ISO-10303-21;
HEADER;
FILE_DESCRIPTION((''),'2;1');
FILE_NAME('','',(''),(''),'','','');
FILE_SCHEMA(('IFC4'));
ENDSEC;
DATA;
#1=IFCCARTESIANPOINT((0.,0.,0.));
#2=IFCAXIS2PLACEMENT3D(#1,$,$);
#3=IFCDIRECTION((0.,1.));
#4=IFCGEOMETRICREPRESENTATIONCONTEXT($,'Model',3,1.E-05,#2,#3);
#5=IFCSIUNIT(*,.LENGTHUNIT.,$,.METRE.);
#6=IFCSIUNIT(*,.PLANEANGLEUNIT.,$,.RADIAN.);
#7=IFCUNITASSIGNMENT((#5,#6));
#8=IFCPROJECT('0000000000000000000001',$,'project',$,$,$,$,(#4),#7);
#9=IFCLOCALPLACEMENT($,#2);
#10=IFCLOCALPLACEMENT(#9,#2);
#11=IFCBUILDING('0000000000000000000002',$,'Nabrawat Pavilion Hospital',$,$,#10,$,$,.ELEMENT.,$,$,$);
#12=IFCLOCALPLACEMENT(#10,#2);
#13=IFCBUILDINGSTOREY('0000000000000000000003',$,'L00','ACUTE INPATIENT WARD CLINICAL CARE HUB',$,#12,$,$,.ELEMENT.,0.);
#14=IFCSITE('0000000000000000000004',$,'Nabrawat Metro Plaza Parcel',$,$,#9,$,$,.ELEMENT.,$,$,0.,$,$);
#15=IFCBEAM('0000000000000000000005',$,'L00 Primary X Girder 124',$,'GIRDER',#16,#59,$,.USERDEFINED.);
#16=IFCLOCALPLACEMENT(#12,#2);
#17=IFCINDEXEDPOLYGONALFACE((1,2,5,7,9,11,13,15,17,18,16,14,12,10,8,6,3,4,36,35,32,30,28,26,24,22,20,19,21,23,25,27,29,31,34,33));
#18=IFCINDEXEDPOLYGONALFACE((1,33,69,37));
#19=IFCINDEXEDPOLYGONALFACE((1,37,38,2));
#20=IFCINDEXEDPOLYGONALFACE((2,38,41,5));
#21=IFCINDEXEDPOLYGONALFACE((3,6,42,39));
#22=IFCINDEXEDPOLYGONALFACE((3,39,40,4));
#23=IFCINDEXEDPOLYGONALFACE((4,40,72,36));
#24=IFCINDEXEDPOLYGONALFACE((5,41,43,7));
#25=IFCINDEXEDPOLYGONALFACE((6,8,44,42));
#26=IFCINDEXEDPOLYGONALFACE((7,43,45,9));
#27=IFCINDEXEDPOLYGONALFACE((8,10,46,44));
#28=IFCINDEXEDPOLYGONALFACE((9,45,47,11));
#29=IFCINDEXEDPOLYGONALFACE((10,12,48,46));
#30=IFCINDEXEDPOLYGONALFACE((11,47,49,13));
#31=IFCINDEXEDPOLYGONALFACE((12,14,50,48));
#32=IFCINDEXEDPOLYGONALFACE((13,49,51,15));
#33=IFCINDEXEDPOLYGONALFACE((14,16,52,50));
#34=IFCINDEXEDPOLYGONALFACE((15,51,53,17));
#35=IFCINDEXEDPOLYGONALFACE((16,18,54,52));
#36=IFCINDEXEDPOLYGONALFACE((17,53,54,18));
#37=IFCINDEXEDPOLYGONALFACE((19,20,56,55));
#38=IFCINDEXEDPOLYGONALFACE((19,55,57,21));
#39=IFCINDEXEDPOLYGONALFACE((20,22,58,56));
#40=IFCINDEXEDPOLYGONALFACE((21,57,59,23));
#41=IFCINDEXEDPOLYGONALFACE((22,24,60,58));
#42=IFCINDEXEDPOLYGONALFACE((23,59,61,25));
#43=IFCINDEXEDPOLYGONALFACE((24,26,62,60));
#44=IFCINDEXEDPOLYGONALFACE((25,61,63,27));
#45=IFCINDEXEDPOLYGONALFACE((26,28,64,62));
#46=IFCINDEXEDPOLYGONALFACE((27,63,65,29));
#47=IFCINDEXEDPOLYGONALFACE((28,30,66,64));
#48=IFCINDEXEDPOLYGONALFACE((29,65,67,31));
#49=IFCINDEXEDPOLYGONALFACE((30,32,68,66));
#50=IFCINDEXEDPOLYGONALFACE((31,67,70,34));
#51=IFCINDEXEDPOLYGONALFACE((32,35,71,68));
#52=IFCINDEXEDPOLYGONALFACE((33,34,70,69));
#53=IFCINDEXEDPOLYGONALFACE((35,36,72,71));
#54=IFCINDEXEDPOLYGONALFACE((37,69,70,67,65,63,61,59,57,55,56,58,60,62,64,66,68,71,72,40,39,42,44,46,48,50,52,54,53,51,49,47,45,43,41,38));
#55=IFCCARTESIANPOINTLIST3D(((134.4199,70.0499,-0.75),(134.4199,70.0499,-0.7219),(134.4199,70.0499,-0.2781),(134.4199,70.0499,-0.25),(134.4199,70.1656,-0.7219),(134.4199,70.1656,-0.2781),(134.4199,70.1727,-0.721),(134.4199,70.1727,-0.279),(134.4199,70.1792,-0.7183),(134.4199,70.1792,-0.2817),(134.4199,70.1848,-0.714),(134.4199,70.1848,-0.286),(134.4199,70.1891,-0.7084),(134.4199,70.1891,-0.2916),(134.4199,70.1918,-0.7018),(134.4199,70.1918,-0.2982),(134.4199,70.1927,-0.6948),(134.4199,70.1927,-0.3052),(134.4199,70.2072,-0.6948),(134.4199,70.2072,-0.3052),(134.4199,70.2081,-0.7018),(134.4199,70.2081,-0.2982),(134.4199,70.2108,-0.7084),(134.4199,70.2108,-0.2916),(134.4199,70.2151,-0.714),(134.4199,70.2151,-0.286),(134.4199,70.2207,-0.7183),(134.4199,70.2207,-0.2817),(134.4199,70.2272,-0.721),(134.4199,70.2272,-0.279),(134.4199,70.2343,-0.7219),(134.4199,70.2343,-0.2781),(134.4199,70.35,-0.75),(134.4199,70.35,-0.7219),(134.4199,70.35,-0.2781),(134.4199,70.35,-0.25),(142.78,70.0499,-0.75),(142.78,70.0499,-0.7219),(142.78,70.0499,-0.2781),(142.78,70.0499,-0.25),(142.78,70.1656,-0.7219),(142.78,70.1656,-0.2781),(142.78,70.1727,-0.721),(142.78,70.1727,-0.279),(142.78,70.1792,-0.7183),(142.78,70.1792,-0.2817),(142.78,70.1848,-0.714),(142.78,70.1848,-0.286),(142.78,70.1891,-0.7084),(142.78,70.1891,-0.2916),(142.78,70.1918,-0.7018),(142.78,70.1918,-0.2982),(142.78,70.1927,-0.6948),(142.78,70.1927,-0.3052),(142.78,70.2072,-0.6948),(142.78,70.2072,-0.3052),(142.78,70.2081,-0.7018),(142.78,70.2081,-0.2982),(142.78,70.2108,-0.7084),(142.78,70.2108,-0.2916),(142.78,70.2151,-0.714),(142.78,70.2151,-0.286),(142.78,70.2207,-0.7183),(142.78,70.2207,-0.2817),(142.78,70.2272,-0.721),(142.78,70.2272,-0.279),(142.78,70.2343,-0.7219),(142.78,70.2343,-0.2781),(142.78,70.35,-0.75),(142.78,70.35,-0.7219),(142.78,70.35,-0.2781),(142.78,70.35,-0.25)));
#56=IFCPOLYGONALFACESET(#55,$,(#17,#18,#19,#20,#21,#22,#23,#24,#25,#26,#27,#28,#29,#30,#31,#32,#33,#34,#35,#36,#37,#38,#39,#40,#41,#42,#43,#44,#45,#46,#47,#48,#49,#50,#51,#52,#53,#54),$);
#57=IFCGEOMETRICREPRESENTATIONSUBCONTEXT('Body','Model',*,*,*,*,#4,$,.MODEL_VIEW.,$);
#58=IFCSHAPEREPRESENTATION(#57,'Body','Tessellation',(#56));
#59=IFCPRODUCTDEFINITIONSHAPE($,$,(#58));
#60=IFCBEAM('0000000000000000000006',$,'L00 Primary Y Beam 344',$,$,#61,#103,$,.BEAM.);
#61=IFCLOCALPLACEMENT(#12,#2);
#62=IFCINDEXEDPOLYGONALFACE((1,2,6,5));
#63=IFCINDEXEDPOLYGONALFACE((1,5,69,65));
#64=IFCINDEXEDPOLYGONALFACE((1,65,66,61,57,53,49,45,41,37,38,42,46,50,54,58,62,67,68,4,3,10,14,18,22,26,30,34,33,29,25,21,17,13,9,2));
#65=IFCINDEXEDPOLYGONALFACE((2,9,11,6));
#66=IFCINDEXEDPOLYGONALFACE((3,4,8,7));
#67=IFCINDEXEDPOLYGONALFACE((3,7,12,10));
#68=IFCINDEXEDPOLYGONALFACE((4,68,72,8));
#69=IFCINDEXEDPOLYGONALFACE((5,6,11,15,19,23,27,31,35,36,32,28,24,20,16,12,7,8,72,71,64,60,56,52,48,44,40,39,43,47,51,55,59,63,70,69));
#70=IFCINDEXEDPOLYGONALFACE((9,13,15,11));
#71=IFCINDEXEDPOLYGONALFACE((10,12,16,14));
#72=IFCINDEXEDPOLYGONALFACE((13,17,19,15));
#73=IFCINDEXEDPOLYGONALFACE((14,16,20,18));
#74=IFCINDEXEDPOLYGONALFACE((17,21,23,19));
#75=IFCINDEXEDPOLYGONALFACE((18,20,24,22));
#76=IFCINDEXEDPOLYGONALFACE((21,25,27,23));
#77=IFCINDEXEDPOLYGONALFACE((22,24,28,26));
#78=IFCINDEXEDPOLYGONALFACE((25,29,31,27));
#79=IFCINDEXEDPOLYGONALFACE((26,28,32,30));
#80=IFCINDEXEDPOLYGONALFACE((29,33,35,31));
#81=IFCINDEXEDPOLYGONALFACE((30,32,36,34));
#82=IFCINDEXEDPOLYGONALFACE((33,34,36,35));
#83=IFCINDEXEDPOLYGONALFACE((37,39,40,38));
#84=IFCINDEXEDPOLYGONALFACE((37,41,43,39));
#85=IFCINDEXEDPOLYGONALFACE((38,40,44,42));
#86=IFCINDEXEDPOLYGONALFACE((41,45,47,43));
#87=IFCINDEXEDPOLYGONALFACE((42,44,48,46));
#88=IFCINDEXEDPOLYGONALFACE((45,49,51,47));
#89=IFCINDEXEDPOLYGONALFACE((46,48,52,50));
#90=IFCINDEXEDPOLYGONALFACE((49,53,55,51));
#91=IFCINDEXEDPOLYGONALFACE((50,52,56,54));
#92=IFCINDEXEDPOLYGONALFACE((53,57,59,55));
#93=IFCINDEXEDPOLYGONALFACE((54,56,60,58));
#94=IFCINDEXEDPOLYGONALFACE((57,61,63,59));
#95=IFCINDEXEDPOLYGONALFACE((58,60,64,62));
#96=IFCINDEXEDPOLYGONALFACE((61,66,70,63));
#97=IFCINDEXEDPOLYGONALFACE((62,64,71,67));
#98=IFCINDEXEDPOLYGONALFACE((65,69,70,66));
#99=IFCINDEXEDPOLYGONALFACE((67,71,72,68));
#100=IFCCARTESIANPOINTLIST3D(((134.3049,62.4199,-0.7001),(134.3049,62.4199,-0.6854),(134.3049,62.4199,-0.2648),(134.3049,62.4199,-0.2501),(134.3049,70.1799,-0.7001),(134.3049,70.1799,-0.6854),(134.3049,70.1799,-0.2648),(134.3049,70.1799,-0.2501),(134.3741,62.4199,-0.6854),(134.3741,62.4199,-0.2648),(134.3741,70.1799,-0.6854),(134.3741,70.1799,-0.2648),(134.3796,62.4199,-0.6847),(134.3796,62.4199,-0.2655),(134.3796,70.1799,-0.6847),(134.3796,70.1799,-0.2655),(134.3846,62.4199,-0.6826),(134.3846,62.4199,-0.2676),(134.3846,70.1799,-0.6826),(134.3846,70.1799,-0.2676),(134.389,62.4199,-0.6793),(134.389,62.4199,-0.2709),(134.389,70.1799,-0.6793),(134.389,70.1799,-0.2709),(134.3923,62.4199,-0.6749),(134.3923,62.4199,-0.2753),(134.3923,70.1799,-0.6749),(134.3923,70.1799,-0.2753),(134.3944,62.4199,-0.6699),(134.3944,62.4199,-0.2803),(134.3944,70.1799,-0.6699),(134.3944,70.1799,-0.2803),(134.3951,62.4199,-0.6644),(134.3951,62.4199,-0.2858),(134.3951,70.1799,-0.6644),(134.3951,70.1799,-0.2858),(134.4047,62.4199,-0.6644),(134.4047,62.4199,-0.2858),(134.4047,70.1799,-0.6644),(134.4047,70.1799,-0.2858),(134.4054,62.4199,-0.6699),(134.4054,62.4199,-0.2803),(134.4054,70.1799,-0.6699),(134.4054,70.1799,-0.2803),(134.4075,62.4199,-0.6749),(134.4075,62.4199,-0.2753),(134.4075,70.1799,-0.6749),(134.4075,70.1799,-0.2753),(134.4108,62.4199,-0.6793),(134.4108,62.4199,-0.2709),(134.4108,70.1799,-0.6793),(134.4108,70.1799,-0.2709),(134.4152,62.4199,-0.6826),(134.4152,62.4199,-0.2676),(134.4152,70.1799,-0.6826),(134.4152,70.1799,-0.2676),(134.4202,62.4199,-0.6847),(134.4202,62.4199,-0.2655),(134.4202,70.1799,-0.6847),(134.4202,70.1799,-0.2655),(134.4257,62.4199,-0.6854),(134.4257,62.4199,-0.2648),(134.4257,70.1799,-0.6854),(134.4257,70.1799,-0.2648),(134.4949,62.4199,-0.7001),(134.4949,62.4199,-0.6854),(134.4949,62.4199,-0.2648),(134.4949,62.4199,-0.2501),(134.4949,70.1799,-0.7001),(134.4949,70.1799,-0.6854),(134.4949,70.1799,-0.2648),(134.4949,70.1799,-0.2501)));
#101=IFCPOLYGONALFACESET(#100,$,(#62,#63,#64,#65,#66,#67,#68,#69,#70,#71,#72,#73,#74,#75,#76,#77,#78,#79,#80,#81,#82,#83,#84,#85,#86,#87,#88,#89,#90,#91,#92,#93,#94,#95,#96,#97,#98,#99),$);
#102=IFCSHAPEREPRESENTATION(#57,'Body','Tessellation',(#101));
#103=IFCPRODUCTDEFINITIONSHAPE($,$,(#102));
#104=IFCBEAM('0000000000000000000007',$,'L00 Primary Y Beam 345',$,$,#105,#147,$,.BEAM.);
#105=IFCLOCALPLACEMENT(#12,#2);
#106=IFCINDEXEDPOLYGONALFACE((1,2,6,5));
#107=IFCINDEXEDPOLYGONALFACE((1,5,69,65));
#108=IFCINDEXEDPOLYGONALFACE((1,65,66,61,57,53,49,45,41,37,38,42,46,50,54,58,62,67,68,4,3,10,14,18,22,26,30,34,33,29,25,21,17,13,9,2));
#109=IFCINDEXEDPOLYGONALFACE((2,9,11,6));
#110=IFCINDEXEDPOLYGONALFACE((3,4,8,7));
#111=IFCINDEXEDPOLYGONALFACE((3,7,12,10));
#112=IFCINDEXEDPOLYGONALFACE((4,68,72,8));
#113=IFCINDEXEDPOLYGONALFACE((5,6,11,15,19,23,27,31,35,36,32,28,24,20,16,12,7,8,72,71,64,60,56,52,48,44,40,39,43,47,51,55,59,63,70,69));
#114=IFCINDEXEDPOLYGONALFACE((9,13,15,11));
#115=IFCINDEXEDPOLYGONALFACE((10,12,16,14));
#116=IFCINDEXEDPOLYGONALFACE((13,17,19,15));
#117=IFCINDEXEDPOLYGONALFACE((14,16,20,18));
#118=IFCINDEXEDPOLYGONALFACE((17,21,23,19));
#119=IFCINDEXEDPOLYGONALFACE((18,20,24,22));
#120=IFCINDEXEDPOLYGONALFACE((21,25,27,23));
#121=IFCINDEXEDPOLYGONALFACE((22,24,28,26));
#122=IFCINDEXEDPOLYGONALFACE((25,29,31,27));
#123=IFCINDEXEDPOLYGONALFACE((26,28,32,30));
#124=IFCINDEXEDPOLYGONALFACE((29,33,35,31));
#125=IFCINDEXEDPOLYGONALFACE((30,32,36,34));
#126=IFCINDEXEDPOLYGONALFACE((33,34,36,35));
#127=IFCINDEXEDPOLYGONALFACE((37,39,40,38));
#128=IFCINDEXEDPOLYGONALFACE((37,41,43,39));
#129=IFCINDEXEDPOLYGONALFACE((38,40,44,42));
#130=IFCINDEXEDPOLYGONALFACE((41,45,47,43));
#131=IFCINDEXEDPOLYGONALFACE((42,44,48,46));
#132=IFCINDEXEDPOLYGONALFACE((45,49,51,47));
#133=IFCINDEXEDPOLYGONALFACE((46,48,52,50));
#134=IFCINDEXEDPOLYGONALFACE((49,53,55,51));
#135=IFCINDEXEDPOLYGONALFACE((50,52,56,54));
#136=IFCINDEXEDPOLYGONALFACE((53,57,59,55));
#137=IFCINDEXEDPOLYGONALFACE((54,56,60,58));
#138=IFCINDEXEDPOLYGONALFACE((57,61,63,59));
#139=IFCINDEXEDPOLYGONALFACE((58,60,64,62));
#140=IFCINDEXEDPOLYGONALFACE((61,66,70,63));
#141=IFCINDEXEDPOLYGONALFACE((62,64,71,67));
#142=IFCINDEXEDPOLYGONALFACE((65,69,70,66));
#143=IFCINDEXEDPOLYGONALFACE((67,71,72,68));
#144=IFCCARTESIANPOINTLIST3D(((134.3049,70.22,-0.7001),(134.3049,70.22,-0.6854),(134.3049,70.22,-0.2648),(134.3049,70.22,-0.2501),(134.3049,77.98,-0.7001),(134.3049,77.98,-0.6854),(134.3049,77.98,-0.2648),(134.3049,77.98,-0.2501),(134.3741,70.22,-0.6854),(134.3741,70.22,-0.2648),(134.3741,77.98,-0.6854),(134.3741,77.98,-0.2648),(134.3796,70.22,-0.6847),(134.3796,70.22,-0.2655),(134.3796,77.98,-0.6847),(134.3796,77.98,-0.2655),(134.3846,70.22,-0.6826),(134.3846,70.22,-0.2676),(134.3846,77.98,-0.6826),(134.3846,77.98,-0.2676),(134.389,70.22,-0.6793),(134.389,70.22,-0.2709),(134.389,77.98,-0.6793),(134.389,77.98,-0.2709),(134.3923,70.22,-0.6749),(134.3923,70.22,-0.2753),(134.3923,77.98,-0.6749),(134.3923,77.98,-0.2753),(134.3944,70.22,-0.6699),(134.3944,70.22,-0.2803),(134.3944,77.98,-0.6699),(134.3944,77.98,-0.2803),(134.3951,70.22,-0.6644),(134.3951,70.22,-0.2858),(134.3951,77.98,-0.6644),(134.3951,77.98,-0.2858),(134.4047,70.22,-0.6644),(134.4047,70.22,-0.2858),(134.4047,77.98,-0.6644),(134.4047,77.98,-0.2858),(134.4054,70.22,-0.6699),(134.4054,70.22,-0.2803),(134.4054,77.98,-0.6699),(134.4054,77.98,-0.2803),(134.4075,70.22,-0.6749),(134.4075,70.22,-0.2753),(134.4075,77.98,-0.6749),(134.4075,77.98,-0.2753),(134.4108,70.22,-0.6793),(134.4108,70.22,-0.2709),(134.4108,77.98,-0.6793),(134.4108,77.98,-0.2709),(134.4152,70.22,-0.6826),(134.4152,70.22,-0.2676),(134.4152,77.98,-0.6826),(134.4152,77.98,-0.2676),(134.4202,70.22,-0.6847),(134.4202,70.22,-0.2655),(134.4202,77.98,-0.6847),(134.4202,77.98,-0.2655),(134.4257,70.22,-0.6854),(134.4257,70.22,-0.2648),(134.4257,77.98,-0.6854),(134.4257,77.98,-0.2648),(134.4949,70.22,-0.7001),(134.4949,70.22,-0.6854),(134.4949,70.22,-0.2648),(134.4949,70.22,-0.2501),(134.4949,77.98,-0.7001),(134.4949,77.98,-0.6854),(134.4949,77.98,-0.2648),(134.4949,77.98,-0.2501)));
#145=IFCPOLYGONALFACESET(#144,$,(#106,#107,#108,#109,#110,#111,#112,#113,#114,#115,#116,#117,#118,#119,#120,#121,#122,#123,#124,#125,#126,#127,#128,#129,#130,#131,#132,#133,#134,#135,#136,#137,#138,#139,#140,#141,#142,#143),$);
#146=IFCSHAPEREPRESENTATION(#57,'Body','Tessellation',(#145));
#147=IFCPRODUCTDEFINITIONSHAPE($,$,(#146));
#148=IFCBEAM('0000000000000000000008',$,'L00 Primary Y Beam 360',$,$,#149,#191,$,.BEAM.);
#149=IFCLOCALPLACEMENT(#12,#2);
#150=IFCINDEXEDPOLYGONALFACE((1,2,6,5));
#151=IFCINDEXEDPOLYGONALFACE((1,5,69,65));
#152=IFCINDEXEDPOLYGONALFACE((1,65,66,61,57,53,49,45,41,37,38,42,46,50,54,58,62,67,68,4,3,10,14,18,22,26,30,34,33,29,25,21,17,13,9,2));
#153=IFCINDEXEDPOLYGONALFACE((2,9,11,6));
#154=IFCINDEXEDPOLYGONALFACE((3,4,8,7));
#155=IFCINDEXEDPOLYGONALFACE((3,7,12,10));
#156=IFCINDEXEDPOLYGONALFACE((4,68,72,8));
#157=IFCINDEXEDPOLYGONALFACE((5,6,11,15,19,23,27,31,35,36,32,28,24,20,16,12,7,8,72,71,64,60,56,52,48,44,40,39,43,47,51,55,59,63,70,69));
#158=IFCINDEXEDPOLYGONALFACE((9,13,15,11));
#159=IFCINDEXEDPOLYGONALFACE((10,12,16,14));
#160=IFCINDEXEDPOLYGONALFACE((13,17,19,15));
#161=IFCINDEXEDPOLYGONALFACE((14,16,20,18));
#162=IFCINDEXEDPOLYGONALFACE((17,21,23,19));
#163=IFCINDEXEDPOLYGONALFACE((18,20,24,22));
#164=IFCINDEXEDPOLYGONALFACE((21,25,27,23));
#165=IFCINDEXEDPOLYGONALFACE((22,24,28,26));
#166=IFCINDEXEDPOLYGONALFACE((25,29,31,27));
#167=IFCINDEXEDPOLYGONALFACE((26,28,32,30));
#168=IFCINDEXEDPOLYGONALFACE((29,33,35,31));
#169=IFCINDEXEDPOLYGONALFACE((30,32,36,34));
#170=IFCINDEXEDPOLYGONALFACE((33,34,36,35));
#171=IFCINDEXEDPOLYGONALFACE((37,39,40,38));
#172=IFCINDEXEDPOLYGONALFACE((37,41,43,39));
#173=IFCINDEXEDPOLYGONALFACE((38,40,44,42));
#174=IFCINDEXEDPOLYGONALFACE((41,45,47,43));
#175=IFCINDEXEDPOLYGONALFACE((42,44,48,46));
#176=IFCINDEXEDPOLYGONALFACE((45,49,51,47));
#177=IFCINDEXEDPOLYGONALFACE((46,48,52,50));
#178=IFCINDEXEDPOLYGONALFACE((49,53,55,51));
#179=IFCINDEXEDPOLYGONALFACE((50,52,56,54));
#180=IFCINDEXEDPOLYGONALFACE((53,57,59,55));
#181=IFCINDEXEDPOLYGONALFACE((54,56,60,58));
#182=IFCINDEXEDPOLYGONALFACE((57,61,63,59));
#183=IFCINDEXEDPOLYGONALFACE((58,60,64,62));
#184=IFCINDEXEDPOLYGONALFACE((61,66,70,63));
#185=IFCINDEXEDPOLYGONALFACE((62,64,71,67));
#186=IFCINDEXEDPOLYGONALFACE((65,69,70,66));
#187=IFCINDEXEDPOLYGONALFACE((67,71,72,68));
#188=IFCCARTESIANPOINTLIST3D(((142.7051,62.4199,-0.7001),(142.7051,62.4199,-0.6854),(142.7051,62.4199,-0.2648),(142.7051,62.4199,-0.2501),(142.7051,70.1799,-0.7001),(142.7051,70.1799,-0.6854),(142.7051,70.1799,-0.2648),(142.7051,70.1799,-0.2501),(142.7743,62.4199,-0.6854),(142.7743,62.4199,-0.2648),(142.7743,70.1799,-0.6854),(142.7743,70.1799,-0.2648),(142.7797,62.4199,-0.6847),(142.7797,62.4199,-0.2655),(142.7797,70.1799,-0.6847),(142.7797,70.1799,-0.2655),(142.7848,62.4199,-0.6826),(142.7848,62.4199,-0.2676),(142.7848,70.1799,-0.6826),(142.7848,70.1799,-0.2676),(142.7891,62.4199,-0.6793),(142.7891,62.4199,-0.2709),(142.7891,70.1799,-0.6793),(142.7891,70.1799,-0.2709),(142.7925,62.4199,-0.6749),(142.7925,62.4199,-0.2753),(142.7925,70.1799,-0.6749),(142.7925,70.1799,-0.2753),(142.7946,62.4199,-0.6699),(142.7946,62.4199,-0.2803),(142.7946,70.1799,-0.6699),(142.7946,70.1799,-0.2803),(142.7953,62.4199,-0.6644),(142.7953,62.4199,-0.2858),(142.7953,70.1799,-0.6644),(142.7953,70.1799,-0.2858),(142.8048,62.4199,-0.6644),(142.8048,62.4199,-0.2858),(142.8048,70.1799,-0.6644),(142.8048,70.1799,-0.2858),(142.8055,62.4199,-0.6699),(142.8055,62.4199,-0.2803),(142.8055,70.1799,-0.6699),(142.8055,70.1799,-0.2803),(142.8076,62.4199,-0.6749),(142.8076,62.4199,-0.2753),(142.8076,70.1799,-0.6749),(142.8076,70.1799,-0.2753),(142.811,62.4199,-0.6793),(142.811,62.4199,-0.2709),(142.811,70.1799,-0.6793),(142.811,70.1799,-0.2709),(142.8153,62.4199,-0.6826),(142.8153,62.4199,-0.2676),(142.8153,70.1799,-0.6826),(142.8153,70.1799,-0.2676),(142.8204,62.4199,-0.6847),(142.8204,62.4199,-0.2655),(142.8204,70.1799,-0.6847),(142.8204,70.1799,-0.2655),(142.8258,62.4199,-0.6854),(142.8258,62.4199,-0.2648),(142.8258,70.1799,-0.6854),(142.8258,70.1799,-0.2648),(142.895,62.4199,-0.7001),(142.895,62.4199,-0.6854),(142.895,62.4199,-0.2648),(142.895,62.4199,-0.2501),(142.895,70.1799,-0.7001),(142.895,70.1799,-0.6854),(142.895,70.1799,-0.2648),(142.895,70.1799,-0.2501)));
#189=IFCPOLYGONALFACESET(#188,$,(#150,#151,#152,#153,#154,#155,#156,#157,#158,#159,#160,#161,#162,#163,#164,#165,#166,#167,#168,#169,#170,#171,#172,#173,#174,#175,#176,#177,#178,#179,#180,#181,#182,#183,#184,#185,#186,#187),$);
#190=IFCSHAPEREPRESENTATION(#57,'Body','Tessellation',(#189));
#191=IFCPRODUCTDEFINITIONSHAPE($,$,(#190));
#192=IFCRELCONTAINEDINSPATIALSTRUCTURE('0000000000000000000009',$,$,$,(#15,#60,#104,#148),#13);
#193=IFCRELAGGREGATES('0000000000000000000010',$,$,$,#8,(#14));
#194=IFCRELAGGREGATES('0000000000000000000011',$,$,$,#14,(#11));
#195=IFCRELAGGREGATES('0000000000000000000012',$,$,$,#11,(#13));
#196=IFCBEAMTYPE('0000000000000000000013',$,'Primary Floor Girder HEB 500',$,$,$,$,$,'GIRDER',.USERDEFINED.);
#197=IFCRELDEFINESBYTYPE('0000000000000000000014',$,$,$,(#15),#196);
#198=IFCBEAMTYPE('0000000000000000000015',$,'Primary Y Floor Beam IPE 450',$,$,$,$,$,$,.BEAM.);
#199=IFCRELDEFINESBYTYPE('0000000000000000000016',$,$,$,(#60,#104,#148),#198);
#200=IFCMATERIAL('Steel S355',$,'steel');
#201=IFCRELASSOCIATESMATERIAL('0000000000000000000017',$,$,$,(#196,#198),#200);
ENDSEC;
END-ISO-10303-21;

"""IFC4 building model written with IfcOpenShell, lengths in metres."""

from ifc_helpers import new_model, si_unit, direction, frame, origin, origin_2d, place, context, subcontext, project, spatial, i_section, extrude, material, material_profile, profile_set, type_object, element, save


model = new_model("IFC4")

# Units and contexts
model_context = context("Model", 3, precision=1e-05, world=origin(), true_north=direction((0.0, 1.0)))
body_context = subcontext(model_context, "Body", "Model", "MODEL_VIEW")
ifc_project = project(units=[si_unit("LENGTHUNIT", "METRE"), si_unit("PLANEANGLEUNIT", "RADIAN")], contexts=[model_context])

# Site, building, storey
site_placement = place(None, origin())
site = spatial("IfcSite", under=ifc_project, at=site_placement, Name="Nabrawat Metro Plaza Parcel", CompositionType="ELEMENT", RefElevation=0.0)
building_placement = place(site_placement, origin())
building = spatial("IfcBuilding", under=site, at=building_placement, Name="Nabrawat Pavilion Hospital", CompositionType="ELEMENT")
storey_placement = place(building_placement, origin())
storey = spatial("IfcBuildingStorey", under=building, at=storey_placement, Name="L00", Description="ACUTE INPATIENT WARD CLINICAL CARE HUB", CompositionType="ELEMENT", Elevation=0.0)

# Shared definitions
ifc_material_1 = material(Name="Steel S355", Category="steel")

# Beams
ifc_material_profile_1 = material_profile(ifc_material_1, i_section(OverallWidth=0.3, OverallDepth=0.5, WebThickness=0.0144, FlangeThickness=0.0281, FilletRadius=0.0271, at=origin_2d()), Name="HEB 500")
ifc_profile_set_1 = profile_set([ifc_material_profile_1], Name="Steel S355")
beam_type_1 = type_object("IfcBeamType", Name="Primary Floor Girder HEB 500", ElementType="GIRDER", PredefinedType="USERDEFINED", material=ifc_profile_set_1)
for number, where, z_axis, x_axis, name in (
    (1, (134.4199, 70.2, -0.5), (1.0, 0.0, 0.0), (0.0, 1.0, 0.0), "L00 Primary X Girder 124"),
):
    element("IfcBeam", number, at=place(storey_placement, frame(where, z_axis=z_axis, x_axis=x_axis)), inside=storey, type_object=beam_type_1, Name=name, ObjectType="GIRDER", PredefinedType="USERDEFINED", context=body_context, shape_type="SweptSolid", body=[
        extrude(i_section(OverallWidth=0.3, OverallDepth=0.5, WebThickness=0.0144, FlangeThickness=0.0281, FilletRadius=0.0271, at=origin_2d()), origin(), (0.0, 0.0, 1.0), 8.3601),
    ])
ifc_material_profile_2 = material_profile(ifc_material_1, i_section(OverallWidth=0.1899, OverallDepth=0.45, WebThickness=0.0095, FlangeThickness=0.0146, FilletRadius=0.021, at=origin_2d()), Name="IPE 450")
ifc_profile_set_2 = profile_set([ifc_material_profile_2], Name="Steel S355")
beam_type_2 = type_object("IfcBeamType", Name="Primary Y Floor Beam IPE 450", PredefinedType="BEAM", material=ifc_profile_set_2)
for number, where, z_axis, x_axis, name in (
    (2, (134.3999, 62.4199, -0.4751), (0.0, 1.0, 0.0), (-1.0, 0.0, 0.0), "L00 Primary Y Beam 344"),
    (3, (134.3999, 70.22, -0.4751), (0.0, 1.0, 0.0), (-1.0, 0.0, 0.0), "L00 Primary Y Beam 345"),
    (4, (142.8, 62.4199, -0.4751), (0.0, 1.0, 0.0), (-1.0, 0.0, 0.0), "L00 Primary Y Beam 360"),
):
    element("IfcBeam", number, at=place(storey_placement, frame(where, z_axis=z_axis, x_axis=x_axis)), inside=storey, type_object=beam_type_2, Name=name, PredefinedType="BEAM", context=body_context, shape_type="SweptSolid", body=[
        extrude(i_section(OverallWidth=0.1899, OverallDepth=0.45, WebThickness=0.0095, FlangeThickness=0.0146, FilletRadius=0.021, at=origin_2d()), origin(), (0.0, 0.0, 1.0), 7.76),
    ])

save(model, "model.ifc")
